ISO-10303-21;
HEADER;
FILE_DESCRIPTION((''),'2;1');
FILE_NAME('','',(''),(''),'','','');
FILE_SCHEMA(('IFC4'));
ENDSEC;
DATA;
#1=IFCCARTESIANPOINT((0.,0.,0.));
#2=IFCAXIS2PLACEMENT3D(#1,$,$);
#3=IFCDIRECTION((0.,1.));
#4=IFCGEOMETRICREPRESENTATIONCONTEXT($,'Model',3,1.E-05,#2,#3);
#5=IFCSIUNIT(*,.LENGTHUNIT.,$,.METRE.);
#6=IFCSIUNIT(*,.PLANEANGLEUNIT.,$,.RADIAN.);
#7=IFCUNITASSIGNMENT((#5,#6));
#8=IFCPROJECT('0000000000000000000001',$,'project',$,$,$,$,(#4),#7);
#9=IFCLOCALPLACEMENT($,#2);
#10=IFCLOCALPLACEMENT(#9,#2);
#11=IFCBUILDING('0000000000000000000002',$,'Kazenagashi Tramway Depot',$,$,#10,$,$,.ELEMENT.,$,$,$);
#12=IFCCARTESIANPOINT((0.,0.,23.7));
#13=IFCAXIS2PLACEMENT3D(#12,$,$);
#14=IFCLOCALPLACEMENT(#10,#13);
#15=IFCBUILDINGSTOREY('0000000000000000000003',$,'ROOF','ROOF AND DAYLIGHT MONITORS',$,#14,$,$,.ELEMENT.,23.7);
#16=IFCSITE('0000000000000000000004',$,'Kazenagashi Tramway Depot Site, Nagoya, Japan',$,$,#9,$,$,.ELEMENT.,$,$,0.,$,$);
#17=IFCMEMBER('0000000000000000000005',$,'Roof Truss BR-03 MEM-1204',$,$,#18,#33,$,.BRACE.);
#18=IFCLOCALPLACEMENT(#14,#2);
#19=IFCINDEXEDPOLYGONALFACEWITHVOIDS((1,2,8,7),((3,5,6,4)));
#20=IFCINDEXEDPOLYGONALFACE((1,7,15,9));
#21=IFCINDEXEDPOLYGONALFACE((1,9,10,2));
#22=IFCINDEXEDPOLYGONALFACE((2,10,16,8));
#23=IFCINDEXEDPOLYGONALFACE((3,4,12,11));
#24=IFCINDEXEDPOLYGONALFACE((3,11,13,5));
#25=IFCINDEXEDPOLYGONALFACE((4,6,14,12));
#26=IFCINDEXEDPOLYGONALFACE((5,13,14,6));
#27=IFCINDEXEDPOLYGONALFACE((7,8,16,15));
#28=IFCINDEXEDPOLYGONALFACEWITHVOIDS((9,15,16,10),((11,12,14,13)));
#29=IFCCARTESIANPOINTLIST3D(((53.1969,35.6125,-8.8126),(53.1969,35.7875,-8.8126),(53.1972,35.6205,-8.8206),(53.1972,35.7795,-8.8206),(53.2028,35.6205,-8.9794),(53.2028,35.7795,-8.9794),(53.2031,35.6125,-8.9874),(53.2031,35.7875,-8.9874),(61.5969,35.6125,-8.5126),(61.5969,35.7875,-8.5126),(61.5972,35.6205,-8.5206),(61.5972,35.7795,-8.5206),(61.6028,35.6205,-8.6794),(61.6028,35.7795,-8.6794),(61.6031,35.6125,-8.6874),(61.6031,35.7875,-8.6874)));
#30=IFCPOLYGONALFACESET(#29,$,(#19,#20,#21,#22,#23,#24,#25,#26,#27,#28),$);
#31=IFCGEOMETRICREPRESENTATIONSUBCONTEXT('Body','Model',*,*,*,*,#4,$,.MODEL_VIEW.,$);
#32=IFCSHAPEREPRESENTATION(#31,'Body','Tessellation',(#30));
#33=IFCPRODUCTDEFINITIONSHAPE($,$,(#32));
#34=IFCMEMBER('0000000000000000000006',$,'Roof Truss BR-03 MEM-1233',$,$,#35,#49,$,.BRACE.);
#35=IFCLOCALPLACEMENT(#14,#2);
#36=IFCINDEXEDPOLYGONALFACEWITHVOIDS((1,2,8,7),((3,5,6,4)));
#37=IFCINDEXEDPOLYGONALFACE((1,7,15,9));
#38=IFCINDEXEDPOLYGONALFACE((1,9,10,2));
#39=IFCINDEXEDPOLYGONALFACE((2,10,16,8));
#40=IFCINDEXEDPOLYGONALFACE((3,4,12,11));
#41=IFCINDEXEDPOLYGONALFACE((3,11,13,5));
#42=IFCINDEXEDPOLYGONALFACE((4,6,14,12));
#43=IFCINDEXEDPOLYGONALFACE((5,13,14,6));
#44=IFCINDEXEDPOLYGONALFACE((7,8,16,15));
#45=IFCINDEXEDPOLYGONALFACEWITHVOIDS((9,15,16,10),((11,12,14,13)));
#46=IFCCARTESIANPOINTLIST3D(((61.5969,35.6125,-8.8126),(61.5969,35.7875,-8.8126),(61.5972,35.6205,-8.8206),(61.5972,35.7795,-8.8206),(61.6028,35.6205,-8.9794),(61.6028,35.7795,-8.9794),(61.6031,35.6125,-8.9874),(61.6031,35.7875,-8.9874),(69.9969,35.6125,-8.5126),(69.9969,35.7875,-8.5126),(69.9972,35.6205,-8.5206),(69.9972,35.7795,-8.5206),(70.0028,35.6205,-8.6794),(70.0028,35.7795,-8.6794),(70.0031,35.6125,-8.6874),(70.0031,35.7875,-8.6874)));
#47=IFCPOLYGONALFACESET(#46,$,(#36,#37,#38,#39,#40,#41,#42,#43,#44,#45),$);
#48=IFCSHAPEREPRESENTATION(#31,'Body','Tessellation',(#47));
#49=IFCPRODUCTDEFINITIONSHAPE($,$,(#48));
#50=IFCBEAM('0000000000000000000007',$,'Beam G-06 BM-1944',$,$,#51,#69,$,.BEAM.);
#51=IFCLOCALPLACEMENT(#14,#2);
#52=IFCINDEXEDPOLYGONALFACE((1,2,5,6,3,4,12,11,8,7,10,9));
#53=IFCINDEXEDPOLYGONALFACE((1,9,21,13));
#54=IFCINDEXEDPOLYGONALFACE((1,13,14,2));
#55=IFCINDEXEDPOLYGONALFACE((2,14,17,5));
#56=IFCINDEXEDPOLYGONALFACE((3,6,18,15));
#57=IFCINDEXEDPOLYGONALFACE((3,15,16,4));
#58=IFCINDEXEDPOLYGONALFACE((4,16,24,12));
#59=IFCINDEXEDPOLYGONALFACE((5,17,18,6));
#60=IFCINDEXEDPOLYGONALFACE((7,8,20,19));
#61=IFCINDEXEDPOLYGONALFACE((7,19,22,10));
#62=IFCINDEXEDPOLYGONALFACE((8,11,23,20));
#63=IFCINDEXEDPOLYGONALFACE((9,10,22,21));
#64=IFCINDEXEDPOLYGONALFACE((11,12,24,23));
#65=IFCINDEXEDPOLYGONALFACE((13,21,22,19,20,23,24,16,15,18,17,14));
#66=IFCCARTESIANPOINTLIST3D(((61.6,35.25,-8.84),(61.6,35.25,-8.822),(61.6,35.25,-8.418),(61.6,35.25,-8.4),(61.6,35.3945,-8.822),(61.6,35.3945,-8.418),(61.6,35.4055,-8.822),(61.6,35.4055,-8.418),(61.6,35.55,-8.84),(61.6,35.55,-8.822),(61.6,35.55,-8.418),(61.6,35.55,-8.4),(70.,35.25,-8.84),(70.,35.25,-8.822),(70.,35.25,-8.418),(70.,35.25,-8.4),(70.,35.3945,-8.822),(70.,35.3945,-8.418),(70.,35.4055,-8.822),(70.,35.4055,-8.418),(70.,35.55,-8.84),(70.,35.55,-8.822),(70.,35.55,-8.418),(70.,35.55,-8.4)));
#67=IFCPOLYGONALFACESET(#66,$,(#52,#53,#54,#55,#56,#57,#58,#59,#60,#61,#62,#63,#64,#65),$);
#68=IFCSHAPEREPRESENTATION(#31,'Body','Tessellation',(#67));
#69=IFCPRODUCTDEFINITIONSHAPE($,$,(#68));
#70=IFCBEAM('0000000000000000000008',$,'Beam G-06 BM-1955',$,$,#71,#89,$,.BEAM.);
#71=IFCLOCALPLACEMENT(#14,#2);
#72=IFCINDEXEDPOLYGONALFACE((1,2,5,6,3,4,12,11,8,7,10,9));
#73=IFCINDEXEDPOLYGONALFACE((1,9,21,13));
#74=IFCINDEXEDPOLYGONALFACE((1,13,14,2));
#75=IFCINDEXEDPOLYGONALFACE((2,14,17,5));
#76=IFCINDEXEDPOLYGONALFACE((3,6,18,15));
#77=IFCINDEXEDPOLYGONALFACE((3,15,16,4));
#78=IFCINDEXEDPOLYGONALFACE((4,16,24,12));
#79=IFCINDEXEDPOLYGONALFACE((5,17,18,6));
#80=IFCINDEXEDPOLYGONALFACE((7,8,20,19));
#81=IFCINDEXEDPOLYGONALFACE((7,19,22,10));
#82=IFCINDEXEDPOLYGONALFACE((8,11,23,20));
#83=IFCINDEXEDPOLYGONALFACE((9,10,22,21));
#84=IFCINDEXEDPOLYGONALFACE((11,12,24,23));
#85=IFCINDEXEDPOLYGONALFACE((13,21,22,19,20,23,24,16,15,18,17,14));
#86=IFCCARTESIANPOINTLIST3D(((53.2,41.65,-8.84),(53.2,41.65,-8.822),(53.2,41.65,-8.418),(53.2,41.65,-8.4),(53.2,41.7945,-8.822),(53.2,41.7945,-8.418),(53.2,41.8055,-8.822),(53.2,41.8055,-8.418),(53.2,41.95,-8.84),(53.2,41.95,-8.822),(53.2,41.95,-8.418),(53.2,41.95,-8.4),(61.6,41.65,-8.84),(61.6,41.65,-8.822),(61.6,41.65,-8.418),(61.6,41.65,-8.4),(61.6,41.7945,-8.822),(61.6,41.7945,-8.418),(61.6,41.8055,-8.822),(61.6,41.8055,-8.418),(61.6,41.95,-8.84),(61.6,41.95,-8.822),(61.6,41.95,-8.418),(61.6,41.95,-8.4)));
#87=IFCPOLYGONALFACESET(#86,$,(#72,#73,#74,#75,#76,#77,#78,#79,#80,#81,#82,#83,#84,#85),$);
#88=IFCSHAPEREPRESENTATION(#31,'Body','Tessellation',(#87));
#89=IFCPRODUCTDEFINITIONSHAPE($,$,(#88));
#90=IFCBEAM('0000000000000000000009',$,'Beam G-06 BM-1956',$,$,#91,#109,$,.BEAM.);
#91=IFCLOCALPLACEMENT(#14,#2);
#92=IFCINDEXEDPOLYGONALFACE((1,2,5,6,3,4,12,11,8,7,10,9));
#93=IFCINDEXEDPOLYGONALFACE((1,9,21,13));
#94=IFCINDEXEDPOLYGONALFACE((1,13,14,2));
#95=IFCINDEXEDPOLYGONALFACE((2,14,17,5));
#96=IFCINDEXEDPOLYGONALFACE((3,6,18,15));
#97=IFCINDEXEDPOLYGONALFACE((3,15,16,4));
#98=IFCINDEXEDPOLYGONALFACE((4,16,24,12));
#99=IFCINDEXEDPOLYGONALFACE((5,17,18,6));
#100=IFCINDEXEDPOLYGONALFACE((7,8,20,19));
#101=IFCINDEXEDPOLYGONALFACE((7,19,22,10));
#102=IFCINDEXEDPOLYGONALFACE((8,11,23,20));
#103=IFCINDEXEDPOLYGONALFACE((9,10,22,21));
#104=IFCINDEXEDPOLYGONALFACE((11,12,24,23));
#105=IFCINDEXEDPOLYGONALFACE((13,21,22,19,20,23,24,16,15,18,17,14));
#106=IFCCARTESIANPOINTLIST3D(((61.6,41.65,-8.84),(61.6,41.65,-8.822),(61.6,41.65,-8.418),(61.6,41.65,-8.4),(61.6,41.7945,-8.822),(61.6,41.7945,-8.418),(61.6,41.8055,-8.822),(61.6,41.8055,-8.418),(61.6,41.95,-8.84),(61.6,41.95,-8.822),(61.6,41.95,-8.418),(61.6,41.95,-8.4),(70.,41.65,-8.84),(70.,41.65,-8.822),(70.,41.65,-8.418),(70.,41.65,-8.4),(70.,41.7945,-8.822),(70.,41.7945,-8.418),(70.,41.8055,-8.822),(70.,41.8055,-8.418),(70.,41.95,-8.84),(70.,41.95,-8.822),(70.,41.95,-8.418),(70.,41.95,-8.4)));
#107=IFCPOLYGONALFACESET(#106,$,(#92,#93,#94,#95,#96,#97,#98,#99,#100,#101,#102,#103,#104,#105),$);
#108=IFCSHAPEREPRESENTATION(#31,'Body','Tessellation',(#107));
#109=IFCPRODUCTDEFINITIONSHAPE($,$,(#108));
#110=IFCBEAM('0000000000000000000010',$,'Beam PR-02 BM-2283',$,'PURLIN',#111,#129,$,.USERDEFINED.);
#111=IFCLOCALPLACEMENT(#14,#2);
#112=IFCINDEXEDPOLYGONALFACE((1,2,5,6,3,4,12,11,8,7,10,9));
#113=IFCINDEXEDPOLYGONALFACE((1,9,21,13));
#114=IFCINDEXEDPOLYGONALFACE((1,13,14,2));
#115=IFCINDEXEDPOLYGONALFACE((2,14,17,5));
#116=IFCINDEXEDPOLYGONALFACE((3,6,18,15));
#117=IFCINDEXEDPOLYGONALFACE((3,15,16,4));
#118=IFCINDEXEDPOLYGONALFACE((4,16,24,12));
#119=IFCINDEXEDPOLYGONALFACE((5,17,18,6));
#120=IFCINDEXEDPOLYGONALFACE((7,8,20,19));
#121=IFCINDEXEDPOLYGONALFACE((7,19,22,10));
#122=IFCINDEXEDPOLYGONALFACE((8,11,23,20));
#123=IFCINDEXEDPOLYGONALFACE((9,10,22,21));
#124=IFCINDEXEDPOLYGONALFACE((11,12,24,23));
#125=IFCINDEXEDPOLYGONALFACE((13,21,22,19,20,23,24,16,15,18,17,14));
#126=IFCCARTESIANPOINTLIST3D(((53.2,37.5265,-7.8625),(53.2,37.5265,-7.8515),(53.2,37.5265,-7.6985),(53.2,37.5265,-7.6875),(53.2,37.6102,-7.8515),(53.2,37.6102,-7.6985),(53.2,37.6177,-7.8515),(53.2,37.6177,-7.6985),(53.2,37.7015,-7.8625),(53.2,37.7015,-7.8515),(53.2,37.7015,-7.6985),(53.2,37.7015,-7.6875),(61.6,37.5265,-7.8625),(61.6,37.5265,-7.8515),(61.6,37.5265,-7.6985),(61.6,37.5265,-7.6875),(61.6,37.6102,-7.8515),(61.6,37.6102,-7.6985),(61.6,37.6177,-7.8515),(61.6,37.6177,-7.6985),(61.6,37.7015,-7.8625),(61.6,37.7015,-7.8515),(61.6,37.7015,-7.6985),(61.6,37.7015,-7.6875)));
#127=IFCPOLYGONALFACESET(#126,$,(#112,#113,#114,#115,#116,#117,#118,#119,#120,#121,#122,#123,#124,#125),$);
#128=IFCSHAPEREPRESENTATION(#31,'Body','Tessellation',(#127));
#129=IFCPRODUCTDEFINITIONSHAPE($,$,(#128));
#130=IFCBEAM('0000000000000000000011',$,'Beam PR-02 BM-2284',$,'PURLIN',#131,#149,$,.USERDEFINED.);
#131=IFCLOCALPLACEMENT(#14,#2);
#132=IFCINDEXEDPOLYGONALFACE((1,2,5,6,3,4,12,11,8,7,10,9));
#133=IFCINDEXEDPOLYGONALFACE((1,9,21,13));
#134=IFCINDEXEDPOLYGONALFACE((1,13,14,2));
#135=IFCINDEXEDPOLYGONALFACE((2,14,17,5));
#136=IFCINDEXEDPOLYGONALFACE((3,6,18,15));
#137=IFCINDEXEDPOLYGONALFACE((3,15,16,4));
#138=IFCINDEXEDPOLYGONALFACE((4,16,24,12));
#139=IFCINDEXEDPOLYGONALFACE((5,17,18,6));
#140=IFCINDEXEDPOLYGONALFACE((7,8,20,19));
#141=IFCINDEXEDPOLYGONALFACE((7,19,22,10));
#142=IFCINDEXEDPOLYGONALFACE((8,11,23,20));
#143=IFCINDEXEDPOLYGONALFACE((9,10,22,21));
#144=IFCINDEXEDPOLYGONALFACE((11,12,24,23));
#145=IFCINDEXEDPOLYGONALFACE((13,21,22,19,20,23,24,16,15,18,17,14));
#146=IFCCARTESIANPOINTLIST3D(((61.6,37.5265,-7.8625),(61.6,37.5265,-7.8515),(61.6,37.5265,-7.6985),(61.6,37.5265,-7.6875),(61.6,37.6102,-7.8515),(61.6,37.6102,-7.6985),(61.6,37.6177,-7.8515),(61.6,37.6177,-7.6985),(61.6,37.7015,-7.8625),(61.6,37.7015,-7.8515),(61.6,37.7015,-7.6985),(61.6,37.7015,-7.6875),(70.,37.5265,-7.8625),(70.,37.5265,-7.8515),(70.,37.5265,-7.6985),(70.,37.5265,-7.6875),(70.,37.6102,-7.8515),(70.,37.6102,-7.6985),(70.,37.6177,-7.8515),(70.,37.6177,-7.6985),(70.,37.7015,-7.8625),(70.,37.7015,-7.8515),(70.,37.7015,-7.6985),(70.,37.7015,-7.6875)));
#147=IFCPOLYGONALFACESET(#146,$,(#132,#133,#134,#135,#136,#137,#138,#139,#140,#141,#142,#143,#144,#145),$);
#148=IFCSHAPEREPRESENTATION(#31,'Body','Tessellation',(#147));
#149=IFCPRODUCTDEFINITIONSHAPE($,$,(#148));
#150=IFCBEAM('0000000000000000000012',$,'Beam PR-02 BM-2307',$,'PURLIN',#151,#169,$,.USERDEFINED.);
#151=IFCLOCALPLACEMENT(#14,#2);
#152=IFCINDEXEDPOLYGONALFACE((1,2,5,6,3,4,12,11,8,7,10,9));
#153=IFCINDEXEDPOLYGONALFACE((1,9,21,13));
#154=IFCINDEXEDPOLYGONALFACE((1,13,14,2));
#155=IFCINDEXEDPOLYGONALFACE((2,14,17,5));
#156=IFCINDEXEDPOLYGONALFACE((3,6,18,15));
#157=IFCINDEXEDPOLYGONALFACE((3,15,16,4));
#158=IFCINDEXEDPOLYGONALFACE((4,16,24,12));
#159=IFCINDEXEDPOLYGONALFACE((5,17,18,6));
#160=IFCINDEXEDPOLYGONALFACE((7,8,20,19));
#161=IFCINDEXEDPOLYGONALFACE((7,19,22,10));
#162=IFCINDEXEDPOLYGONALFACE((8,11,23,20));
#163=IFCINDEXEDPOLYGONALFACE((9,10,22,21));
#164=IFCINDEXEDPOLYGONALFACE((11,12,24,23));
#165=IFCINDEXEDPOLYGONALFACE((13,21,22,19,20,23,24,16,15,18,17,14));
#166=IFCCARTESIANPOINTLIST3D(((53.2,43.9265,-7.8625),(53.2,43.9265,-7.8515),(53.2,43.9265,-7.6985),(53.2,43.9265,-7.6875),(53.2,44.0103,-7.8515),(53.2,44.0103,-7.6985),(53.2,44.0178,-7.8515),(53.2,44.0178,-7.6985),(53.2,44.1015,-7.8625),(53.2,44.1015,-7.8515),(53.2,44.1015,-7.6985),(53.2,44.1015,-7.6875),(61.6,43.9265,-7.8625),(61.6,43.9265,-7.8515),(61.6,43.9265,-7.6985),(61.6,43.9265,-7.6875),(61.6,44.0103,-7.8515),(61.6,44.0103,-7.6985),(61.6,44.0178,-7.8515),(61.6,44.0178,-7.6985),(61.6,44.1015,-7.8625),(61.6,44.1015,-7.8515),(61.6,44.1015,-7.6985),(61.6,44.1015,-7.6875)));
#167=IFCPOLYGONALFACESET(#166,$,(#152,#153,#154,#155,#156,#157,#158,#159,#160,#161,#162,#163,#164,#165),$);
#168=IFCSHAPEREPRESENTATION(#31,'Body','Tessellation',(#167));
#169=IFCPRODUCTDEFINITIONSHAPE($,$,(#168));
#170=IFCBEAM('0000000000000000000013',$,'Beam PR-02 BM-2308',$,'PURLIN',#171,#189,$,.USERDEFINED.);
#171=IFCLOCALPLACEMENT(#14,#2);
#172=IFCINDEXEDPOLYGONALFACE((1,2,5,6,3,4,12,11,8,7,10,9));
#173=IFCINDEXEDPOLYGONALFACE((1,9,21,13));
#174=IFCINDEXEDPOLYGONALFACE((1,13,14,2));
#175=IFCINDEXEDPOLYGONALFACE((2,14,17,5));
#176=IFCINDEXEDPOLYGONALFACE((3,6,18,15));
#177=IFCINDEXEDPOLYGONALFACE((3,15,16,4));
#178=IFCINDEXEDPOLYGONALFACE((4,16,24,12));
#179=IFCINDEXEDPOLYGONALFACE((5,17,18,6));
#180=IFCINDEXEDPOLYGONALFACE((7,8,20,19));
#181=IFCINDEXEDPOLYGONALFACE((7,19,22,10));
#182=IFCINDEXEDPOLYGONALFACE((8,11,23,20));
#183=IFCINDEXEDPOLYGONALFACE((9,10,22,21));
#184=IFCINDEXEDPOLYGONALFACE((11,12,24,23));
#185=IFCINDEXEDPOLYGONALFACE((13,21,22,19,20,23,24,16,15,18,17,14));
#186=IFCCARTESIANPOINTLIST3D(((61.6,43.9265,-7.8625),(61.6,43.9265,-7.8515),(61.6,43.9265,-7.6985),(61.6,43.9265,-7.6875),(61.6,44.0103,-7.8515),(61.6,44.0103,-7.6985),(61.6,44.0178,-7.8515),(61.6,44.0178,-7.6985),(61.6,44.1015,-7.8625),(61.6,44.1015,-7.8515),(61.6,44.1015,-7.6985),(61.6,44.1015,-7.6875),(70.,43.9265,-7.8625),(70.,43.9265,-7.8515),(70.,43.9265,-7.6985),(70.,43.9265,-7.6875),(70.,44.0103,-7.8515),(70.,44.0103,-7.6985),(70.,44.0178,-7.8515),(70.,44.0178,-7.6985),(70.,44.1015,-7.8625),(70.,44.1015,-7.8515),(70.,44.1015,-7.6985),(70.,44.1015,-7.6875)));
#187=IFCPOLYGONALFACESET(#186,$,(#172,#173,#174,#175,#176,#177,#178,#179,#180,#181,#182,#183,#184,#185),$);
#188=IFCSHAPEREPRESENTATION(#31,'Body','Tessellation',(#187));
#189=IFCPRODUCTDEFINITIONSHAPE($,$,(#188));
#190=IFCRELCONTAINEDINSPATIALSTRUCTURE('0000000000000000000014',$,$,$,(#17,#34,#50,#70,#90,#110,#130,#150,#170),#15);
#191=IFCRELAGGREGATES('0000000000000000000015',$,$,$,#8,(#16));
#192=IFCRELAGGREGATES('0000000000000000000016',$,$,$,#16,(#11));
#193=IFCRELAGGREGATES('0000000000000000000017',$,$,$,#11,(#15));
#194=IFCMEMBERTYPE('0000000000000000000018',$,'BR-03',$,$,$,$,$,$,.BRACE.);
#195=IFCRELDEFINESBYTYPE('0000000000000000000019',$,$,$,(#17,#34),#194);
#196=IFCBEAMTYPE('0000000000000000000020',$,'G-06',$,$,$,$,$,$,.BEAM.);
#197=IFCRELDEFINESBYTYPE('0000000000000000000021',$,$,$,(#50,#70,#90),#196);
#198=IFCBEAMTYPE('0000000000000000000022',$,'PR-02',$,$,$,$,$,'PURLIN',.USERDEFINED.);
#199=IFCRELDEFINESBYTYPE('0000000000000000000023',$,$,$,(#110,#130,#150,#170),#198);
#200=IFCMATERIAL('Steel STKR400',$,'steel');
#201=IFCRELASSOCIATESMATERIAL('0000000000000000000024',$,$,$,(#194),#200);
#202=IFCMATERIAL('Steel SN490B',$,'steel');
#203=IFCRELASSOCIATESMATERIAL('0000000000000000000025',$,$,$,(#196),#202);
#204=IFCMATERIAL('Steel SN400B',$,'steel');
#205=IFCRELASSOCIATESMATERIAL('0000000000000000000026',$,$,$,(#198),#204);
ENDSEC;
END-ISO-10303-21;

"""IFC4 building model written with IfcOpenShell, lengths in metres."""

from ifc_helpers import new_model, si_unit, direction, frame, origin, origin_2d, place, context, subcontext, project, spatial, hollow_rectangle, i_section, extrude, material, material_profile, profile_set, type_object, element, save


model = new_model("IFC4")

# Units and contexts
model_context = context("Model", 3, precision=1e-05, world=origin(), true_north=direction((0.0, 1.0)))
body_context = subcontext(model_context, "Body", "Model", "MODEL_VIEW")
ifc_project = project(units=[si_unit("LENGTHUNIT", "METRE"), si_unit("PLANEANGLEUNIT", "RADIAN")], contexts=[model_context])

# Site, building, storey
site_placement = place(None, origin())
site = spatial("IfcSite", under=ifc_project, at=site_placement, Name="Kazenagashi Tramway Depot Site, Nagoya, Japan", CompositionType="ELEMENT", RefElevation=0.0)
building_placement = place(site_placement, origin())
building = spatial("IfcBuilding", under=site, at=building_placement, Name="Kazenagashi Tramway Depot", CompositionType="ELEMENT")
storey_placement = place(building_placement, frame((0.0, 0.0, 23.7)))
storey = spatial("IfcBuildingStorey", under=building, at=storey_placement, Name="ROOF", Description="ROOF AND DAYLIGHT MONITORS", CompositionType="ELEMENT", Elevation=23.7)

# Members
ifc_material_1 = material(Name="Steel STKR400", Category="steel")
ifc_material_profile_1 = material_profile(ifc_material_1, hollow_rectangle(XDim=0.175, YDim=0.175, WallThickness=0.008, at=origin_2d()), Name="SHS-175x175x8")
ifc_profile_set_1 = profile_set([ifc_material_profile_1], Name="Steel STKR400")
member_type_1 = type_object("IfcMemberType", Name="BR-03", PredefinedType="BRACE", material=ifc_profile_set_1)
for number, where, z_axis, x_axis, name in (
    (1, (53.2, 35.7, -8.9), (0.999363, 0.0, 0.035692), (0.0, 1.0, 0.0), "Roof Truss BR-03 MEM-1204"),
    (2, (61.6, 35.7, -8.9), (0.999363, 0.0, 0.035692), (0.0, 1.0, 0.0), "Roof Truss BR-03 MEM-1233"),
):
    element("IfcMember", number, at=place(storey_placement, frame(where, z_axis=z_axis, x_axis=x_axis)), inside=storey, type_object=member_type_1, Name=name, PredefinedType="BRACE", context=body_context, shape_type="SweptSolid", body=[
        extrude(hollow_rectangle(XDim=0.175, YDim=0.175, WallThickness=0.008, at=origin_2d()), origin(), (0.0, 0.0, 1.0), 8.4054),
    ])

# Beams
ifc_material_2 = material(Name="Steel SN490B", Category="steel")
ifc_material_profile_2 = material_profile(ifc_material_2, i_section(OverallWidth=0.3, OverallDepth=0.44, WebThickness=0.011, FlangeThickness=0.018, at=origin_2d()), Name="H-440x300x11x18")
ifc_profile_set_2 = profile_set([ifc_material_profile_2], Name="Steel SN490B")
beam_type_1 = type_object("IfcBeamType", Name="G-06", PredefinedType="BEAM", material=ifc_profile_set_2)
for number, where, z_axis, x_axis, name in (
    (3, (61.6, 35.4, -8.62), (1.0, 0.0, 0.0), (0.0, 1.0, 0.0), "Beam G-06 BM-1944"),
    (4, (53.2, 41.8, -8.62), (1.0, 0.0, 0.0), (0.0, 1.0, 0.0), "Beam G-06 BM-1955"),
    (5, (61.6, 41.8, -8.62), (1.0, 0.0, 0.0), (0.0, 1.0, 0.0), "Beam G-06 BM-1956"),
):
    element("IfcBeam", number, at=place(storey_placement, frame(where, z_axis=z_axis, x_axis=x_axis)), inside=storey, type_object=beam_type_1, Name=name, PredefinedType="BEAM", context=body_context, shape_type="SweptSolid", body=[
        extrude(i_section(OverallWidth=0.3, OverallDepth=0.44, WebThickness=0.011, FlangeThickness=0.018, at=origin_2d()), origin(), (0.0, 0.0, 1.0), 8.4),
    ])
ifc_material_3 = material(Name="Steel SN400B", Category="steel")
ifc_material_profile_3 = material_profile(ifc_material_3, i_section(OverallWidth=0.175, OverallDepth=0.175, WebThickness=0.0075, FlangeThickness=0.011, at=origin_2d()), Name="H-175x175x7.5x11")
ifc_profile_set_3 = profile_set([ifc_material_profile_3], Name="Steel SN400B")
beam_type_2 = type_object("IfcBeamType", Name="PR-02", ElementType="PURLIN", PredefinedType="USERDEFINED", material=ifc_profile_set_3)
for number, where, z_axis, x_axis, name in (
    (6, (53.2, 37.614, -7.775), (1.0, 0.0, 0.0), (0.0, 1.0, 0.0), "Beam PR-02 BM-2283"),
    (7, (61.6, 37.614, -7.775), (1.0, 0.0, 0.0), (0.0, 1.0, 0.0), "Beam PR-02 BM-2284"),
    (8, (53.2, 44.014, -7.775), (1.0, 0.0, 0.0), (0.0, 1.0, 0.0), "Beam PR-02 BM-2307"),
    (9, (61.6, 44.014, -7.775), (1.0, 0.0, 0.0), (0.0, 1.0, 0.0), "Beam PR-02 BM-2308"),
):
    element("IfcBeam", number, at=place(storey_placement, frame(where, z_axis=z_axis, x_axis=x_axis)), inside=storey, type_object=beam_type_2, Name=name, ObjectType="PURLIN", PredefinedType="USERDEFINED", context=body_context, shape_type="SweptSolid", body=[
        extrude(i_section(OverallWidth=0.175, OverallDepth=0.175, WebThickness=0.0075, FlangeThickness=0.011, at=origin_2d()), origin(), (0.0, 0.0, 1.0), 8.4),
    ])

save(model, "model.ifc")
